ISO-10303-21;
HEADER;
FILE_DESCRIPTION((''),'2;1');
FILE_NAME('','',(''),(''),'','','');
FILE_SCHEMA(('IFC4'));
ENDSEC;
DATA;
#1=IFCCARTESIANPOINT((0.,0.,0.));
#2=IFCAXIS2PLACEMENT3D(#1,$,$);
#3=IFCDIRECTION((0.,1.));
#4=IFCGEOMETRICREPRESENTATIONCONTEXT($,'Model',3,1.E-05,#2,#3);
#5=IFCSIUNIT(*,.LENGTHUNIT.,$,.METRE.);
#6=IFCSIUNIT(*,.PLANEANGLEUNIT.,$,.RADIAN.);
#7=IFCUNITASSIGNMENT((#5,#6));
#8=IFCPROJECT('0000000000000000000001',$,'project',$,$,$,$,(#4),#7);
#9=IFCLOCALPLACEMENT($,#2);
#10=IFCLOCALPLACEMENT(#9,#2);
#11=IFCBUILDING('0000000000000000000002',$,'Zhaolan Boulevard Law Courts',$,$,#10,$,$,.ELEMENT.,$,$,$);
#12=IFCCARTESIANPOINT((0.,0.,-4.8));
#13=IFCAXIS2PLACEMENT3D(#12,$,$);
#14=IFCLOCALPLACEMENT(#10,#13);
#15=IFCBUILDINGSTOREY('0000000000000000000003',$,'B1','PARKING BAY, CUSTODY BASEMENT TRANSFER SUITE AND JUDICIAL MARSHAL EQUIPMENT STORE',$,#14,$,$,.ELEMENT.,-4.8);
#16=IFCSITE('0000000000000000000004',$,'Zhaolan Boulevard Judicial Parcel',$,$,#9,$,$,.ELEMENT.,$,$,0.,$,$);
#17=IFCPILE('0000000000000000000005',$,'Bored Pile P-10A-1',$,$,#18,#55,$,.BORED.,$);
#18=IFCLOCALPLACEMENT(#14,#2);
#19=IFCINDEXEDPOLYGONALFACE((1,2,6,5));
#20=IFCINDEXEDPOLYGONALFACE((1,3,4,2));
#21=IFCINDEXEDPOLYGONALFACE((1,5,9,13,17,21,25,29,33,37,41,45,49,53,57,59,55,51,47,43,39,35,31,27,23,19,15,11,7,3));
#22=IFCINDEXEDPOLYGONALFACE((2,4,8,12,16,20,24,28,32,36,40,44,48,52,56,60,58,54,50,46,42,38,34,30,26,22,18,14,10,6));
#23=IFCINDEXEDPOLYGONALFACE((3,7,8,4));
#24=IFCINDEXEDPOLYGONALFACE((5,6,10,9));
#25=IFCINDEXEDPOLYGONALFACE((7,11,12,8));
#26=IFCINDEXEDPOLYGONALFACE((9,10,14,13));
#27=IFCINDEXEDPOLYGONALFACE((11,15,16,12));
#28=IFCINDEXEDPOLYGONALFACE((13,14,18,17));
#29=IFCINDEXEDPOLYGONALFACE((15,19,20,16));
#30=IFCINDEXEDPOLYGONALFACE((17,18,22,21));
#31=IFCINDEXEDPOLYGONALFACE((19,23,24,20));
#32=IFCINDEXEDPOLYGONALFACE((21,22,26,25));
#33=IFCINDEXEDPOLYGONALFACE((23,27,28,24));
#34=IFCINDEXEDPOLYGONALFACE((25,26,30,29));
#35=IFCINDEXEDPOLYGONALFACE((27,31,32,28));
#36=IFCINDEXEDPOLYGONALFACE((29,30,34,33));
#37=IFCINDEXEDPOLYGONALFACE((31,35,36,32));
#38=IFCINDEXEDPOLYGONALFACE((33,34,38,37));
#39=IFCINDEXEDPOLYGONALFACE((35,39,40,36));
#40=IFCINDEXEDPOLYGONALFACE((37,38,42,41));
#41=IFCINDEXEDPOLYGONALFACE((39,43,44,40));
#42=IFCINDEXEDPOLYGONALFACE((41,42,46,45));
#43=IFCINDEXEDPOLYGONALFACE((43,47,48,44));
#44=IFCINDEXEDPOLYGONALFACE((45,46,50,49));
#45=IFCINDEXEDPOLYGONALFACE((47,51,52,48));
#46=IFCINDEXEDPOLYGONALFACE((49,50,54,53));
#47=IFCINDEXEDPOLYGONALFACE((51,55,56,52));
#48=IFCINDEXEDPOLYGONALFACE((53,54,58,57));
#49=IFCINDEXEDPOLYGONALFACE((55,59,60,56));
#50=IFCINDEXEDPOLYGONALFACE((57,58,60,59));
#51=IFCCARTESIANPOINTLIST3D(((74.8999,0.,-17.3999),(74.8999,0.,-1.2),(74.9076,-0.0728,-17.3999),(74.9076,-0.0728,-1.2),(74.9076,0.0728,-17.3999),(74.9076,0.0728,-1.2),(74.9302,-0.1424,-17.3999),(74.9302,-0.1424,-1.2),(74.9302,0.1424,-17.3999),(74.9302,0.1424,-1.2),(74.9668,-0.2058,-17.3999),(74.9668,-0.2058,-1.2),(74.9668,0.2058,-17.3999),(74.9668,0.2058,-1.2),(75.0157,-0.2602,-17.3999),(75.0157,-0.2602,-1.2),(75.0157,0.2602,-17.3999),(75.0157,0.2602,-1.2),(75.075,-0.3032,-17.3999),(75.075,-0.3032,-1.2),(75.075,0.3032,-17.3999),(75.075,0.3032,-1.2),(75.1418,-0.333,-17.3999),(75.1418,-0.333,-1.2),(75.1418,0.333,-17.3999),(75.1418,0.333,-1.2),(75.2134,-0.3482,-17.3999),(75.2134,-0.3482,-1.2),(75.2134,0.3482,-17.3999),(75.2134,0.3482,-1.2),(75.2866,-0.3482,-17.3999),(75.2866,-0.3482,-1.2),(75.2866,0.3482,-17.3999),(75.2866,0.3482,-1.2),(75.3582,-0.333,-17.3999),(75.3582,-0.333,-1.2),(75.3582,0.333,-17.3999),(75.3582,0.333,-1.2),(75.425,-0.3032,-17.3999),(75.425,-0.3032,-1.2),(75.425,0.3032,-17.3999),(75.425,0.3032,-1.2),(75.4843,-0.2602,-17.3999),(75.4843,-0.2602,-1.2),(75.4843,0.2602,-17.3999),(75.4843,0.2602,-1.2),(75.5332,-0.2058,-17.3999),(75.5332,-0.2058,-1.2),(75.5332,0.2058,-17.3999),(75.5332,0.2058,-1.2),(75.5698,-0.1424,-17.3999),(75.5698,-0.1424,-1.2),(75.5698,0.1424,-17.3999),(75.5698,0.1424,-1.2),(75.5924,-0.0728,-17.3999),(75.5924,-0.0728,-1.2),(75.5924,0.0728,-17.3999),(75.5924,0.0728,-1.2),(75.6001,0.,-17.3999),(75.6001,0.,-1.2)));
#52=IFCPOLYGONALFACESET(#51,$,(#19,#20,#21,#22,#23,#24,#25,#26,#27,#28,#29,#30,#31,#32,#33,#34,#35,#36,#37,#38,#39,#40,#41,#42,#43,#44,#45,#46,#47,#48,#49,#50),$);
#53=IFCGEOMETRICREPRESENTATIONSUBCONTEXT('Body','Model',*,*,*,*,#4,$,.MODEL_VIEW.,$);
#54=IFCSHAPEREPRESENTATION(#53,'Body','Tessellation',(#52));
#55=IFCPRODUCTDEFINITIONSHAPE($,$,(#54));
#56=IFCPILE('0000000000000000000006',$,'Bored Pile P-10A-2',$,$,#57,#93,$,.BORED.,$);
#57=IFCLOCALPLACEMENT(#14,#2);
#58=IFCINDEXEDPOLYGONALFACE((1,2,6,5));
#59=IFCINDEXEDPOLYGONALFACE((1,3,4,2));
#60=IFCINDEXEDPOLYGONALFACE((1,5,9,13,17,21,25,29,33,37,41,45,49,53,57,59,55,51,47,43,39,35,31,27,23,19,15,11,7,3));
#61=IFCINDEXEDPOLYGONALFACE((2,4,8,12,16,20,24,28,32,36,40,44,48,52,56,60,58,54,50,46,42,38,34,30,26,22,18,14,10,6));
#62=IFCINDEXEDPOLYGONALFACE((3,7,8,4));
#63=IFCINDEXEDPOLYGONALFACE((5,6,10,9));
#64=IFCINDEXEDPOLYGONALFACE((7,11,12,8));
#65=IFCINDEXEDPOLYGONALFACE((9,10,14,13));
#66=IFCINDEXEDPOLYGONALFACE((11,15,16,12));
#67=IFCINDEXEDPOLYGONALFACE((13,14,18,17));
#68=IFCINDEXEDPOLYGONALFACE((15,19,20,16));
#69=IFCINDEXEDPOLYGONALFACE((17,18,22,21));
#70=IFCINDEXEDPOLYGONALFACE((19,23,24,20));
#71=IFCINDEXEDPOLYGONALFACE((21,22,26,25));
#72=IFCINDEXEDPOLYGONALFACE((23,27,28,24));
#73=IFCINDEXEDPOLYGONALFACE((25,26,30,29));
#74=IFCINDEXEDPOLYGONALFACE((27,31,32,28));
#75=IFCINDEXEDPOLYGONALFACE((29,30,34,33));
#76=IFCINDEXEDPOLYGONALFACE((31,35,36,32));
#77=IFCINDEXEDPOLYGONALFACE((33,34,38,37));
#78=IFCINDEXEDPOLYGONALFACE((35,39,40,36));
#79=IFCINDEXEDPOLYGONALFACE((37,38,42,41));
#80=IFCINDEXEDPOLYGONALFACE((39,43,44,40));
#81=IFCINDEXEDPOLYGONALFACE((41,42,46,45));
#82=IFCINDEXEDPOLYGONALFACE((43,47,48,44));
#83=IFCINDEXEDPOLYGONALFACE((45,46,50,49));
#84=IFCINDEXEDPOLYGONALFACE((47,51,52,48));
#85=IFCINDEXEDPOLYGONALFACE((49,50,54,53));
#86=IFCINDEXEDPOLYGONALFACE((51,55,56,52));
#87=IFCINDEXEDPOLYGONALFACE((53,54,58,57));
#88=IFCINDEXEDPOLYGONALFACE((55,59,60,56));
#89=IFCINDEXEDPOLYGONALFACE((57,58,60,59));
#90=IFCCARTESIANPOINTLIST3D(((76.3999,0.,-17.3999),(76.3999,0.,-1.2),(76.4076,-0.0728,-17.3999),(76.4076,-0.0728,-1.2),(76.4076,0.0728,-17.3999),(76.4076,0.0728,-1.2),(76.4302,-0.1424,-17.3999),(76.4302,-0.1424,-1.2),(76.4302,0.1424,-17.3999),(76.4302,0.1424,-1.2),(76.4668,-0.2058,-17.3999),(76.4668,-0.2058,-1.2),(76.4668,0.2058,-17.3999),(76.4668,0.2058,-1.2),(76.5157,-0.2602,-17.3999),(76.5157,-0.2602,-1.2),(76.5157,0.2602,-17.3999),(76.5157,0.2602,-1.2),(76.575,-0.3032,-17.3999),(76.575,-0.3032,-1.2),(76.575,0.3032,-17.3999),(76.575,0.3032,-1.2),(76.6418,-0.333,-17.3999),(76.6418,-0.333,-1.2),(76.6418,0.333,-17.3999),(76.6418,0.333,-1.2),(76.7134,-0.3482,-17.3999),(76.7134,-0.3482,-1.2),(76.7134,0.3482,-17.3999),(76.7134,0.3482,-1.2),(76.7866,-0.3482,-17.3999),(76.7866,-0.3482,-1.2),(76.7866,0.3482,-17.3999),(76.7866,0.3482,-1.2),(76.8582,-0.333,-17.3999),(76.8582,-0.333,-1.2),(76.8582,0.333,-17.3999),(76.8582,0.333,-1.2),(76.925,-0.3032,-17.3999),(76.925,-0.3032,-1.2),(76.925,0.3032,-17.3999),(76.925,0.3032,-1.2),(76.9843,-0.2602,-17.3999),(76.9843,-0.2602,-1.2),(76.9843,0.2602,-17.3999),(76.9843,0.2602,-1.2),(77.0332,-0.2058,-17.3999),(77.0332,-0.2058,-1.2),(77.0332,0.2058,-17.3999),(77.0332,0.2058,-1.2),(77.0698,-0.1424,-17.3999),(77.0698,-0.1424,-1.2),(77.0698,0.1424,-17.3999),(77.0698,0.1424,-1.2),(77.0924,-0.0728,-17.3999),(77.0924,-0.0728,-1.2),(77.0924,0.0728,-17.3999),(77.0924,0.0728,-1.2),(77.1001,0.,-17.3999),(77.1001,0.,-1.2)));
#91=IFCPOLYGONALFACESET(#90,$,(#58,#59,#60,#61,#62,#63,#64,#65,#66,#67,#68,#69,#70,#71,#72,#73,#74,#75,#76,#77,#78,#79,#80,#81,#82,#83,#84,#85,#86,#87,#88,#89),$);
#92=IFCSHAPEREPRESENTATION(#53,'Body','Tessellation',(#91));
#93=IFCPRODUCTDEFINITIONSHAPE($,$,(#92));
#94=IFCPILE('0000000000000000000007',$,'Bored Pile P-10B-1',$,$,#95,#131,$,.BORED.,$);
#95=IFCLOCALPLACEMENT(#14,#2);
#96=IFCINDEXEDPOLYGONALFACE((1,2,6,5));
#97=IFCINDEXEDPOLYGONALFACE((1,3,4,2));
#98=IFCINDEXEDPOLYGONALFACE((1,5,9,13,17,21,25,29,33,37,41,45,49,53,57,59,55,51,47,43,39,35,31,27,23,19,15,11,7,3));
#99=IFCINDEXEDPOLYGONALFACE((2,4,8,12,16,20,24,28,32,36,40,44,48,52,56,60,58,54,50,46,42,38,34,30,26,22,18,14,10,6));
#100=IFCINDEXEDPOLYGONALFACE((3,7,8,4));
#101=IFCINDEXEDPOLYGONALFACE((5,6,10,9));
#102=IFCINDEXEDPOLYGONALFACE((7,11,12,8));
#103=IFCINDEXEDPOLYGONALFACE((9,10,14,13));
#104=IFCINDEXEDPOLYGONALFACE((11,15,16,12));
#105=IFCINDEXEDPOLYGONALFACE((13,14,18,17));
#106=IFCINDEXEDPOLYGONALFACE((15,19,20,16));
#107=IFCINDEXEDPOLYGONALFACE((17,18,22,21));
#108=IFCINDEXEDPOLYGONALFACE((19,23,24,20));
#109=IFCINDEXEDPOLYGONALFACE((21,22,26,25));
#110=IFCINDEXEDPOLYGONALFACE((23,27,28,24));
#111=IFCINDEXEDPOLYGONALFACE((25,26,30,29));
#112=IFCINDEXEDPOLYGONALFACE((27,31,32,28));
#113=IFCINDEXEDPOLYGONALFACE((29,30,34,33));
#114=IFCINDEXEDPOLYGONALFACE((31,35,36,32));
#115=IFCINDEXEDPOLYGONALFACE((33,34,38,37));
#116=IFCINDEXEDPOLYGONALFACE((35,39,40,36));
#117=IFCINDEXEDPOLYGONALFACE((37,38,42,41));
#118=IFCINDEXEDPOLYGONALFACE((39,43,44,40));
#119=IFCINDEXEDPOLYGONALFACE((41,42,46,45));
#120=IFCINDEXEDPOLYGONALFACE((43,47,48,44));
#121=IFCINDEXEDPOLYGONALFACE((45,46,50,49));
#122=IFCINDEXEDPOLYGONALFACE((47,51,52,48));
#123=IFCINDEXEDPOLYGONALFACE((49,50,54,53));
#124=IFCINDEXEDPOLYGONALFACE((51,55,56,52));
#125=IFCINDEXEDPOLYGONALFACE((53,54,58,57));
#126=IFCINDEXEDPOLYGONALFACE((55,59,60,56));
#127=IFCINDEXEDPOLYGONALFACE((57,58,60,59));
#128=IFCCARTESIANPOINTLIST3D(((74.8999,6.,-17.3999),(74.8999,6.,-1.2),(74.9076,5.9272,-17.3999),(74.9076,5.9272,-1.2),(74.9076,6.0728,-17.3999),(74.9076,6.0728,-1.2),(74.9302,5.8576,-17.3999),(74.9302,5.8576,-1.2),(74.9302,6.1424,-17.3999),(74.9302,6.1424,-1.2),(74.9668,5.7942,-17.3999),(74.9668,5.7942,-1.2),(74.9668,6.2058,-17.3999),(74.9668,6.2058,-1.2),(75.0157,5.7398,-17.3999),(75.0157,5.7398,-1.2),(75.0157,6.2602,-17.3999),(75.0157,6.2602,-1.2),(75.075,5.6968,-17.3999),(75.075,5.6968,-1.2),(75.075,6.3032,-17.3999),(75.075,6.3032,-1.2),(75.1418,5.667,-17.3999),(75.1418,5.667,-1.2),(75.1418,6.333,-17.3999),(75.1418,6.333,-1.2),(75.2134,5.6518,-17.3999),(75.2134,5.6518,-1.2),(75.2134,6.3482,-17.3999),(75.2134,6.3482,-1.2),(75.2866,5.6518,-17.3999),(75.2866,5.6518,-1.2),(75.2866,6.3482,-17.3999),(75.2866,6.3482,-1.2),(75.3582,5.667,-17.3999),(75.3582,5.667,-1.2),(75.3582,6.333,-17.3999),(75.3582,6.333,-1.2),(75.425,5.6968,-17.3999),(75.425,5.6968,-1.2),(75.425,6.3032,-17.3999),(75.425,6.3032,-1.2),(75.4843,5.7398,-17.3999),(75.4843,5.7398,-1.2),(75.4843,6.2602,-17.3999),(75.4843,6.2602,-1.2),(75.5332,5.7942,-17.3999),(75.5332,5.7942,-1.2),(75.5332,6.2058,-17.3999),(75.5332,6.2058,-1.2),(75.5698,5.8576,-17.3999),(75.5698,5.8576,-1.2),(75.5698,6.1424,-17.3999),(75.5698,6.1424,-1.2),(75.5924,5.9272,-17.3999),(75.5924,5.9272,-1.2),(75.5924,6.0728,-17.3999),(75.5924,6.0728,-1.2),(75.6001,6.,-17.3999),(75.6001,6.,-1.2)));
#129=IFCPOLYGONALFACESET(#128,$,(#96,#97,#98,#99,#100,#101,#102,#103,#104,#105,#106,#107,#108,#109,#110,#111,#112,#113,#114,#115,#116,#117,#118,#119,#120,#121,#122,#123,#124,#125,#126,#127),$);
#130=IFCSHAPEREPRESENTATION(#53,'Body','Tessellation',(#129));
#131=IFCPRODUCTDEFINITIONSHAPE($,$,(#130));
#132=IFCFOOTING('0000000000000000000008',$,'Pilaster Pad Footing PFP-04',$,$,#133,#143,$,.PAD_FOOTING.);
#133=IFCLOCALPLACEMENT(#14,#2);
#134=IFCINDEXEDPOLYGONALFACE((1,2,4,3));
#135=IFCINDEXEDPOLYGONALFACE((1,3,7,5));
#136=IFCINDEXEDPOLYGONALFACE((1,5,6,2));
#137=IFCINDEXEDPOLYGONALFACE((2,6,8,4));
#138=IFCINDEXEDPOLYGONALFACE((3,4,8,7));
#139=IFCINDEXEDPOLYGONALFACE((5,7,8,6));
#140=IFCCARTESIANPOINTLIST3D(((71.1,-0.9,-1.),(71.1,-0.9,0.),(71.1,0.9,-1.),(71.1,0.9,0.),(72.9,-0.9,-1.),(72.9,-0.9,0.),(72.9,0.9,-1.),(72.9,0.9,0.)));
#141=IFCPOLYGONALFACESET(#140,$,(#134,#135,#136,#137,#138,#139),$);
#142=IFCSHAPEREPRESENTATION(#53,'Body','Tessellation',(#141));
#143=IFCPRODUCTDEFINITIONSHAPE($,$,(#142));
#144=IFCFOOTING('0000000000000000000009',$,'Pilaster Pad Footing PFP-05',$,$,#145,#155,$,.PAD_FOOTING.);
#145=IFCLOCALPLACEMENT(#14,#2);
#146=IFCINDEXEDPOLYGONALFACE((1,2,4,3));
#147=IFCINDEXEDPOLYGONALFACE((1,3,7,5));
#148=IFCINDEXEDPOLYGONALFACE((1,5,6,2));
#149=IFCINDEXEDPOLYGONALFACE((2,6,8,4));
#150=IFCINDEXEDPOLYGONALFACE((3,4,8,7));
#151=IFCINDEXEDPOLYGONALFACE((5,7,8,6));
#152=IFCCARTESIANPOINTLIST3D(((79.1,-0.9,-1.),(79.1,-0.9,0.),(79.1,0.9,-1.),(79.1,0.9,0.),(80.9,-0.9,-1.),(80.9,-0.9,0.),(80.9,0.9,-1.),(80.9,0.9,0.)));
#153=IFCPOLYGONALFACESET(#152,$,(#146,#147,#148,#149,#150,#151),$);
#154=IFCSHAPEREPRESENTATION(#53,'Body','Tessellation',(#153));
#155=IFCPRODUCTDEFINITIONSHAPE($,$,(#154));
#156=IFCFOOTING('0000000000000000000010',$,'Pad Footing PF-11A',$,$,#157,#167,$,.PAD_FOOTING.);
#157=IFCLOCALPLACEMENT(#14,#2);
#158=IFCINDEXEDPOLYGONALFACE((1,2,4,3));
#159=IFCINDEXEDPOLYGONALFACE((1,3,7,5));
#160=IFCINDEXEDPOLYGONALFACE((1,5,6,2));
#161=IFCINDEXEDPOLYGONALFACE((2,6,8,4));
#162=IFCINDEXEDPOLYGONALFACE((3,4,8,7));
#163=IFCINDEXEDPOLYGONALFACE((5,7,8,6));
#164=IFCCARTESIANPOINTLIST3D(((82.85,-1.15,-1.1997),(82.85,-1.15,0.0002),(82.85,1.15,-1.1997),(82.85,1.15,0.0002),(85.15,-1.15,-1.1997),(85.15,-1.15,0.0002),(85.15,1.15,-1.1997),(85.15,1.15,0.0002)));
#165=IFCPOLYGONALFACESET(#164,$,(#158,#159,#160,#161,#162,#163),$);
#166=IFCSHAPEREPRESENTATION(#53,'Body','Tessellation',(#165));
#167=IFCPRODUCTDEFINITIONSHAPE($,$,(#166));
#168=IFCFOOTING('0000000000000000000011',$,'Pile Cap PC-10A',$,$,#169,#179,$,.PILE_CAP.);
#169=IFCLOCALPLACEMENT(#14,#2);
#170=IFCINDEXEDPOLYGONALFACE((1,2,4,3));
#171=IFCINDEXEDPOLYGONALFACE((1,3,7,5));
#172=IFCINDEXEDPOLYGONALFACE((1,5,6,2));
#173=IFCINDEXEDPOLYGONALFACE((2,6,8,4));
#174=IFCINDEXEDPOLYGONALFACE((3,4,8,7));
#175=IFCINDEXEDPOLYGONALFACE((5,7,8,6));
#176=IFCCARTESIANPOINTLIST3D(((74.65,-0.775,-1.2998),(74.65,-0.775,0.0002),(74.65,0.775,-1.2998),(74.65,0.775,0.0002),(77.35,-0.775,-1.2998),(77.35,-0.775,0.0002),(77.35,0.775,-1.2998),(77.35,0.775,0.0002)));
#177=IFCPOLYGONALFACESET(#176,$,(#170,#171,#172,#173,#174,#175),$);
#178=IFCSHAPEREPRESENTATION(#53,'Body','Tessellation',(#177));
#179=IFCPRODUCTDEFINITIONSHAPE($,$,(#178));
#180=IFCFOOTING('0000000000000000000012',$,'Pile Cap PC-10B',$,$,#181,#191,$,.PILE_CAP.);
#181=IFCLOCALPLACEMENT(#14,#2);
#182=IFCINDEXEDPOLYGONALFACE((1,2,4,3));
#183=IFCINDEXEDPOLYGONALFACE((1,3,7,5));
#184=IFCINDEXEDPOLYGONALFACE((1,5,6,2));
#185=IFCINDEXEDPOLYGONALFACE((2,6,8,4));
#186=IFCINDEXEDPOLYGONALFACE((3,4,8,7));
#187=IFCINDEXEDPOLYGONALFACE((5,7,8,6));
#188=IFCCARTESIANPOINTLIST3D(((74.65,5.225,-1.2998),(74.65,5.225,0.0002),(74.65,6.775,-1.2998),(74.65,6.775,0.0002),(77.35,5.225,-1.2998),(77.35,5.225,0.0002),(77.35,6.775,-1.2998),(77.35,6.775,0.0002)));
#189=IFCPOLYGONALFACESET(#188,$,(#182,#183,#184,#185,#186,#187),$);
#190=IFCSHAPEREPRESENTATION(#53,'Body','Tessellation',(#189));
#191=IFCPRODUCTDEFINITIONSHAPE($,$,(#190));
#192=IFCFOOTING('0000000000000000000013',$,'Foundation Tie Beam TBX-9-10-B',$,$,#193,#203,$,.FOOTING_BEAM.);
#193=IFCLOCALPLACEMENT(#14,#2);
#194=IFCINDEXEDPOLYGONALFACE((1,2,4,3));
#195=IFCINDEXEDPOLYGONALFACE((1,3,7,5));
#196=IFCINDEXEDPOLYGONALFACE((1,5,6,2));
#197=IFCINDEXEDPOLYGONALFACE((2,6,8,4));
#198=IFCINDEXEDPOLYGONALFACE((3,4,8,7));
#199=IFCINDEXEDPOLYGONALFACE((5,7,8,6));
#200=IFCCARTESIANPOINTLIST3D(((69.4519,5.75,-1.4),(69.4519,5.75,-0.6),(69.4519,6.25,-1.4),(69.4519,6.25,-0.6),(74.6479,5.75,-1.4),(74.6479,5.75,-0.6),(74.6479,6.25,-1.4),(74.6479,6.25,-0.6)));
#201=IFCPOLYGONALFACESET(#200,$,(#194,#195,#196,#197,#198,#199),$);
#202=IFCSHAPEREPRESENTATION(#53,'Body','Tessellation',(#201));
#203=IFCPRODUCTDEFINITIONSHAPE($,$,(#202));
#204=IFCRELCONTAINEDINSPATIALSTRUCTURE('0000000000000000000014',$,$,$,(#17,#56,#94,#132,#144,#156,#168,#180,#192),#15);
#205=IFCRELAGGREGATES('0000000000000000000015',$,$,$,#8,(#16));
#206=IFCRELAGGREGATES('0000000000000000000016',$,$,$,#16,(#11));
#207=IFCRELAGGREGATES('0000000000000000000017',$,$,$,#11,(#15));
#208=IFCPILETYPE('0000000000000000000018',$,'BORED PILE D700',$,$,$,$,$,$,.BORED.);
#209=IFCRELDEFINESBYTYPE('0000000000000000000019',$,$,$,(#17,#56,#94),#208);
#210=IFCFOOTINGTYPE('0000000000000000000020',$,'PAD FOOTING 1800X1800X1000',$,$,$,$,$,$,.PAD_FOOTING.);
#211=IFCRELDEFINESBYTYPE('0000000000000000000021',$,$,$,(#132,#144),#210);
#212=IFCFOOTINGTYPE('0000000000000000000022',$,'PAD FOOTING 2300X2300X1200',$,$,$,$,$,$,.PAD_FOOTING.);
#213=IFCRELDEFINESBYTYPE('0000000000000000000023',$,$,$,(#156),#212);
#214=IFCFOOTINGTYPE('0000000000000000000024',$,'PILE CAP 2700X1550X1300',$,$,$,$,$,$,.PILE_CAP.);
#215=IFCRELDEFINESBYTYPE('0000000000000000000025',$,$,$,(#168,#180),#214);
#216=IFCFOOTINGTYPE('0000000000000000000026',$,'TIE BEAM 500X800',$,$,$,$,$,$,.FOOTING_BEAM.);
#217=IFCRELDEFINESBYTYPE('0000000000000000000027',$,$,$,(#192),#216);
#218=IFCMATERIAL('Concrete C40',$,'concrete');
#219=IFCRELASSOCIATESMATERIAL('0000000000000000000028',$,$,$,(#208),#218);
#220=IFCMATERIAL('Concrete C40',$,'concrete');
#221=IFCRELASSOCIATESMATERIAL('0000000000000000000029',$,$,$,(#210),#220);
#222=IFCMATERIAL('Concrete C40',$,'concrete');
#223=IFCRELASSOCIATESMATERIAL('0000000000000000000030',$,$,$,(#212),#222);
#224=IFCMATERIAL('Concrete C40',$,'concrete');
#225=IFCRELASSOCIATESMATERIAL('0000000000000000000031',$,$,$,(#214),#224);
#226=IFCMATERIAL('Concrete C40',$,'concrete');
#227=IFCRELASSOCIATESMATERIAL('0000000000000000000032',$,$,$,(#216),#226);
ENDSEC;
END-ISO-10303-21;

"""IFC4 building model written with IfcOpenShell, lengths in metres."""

from ifc_helpers import new_model, si_unit, direction, frame, origin, origin_2d, place, context, subcontext, project, spatial, rectangle, circle, extrude, material, material_profile, profile_set, type_object, element, save


model = new_model("IFC4")

# Units and contexts
model_context = context("Model", 3, precision=1e-05, world=origin(), true_north=direction((0.0, 1.0)))
body_context = subcontext(model_context, "Body", "Model", "MODEL_VIEW")
ifc_project = project(units=[si_unit("LENGTHUNIT", "METRE"), si_unit("PLANEANGLEUNIT", "RADIAN")], contexts=[model_context])

# Site, building, storey
site_placement = place(None, origin())
site = spatial("IfcSite", under=ifc_project, at=site_placement, Name="Zhaolan Boulevard Judicial Parcel", CompositionType="ELEMENT", RefElevation=0.0)
building_placement = place(site_placement, origin())
building = spatial("IfcBuilding", under=site, at=building_placement, Name="Zhaolan Boulevard Law Courts", CompositionType="ELEMENT")
storey_placement = place(building_placement, frame((0.0, 0.0, -4.8)))
storey = spatial("IfcBuildingStorey", under=building, at=storey_placement, Name="B1", Description="PARKING BAY, CUSTODY BASEMENT TRANSFER SUITE AND JUDICIAL MARSHAL EQUIPMENT STORE", CompositionType="ELEMENT", Elevation=-4.8)

# Piles
ifc_material_1 = material(Name="Concrete C40", Category="concrete")
ifc_material_profile_1 = material_profile(ifc_material_1, circle(Radius=0.3501, at=origin_2d()), Name="PILE-D700")
ifc_profile_set_1 = profile_set([ifc_material_profile_1], Name="Concrete C40")
pile_type = type_object("IfcPileType", Name="BORED PILE D700", PredefinedType="BORED", material=ifc_profile_set_1)
for number, where, z_axis, x_axis, name in (
    (1, (75.25, 0.0, -1.2), (0.0, 0.0, -1.0), (1.0, 0.0, 0.0), "Bored Pile P-10A-1"),
    (2, (76.75, 0.0, -1.2), (0.0, 0.0, -1.0), (1.0, 0.0, 0.0), "Bored Pile P-10A-2"),
    (3, (75.25, 6.0, -1.2), (0.0, 0.0, -1.0), (1.0, 0.0, 0.0), "Bored Pile P-10B-1"),
):
    element("IfcPile", number, at=place(storey_placement, frame(where, z_axis=z_axis, x_axis=x_axis)), inside=storey, type_object=pile_type, Name=name, PredefinedType="BORED", context=body_context, shape_type="SweptSolid", body=[
        extrude(circle(Radius=0.3501, at=origin_2d()), origin(), (0.0, 0.0, 1.0), 16.2),
    ])

# Footings
ifc_material_2 = material(Name="Concrete C40", Category="concrete")
footing_type_1 = type_object("IfcFootingType", Name="PAD FOOTING 1800X1800X1000", PredefinedType="PAD_FOOTING", material=ifc_material_2)
for number, where, z_axis, x_axis, name in (
    (4, (72.0, 0.0, -1.0), (0.0, 0.0, 1.0), (1.0, 0.0, 0.0), "Pilaster Pad Footing PFP-04"),
    (5, (80.0, 0.0, -1.0), (0.0, 0.0, 1.0), (1.0, 0.0, 0.0), "Pilaster Pad Footing PFP-05"),
):
    element("IfcFooting", number, at=place(storey_placement, frame(where, z_axis=z_axis, x_axis=x_axis)), inside=storey, type_object=footing_type_1, Name=name, PredefinedType="PAD_FOOTING", context=body_context, shape_type="SweptSolid", body=[
        extrude(rectangle(XDim=1.8, YDim=1.8, at=origin_2d()), origin(), (0.0, 0.0, 1.0), 1.0),
    ])
ifc_material_3 = material(Name="Concrete C40", Category="concrete")
footing_type_2 = type_object("IfcFootingType", Name="PAD FOOTING 2300X2300X1200", PredefinedType="PAD_FOOTING", material=ifc_material_3)
footing_1_placement = place(storey_placement, frame((84.0, 0.0, -1.1997), z_axis=(0.0, 0.0, 1.0), x_axis=(1.0, 0.0, 0.0)))
element("IfcFooting", 6, at=footing_1_placement, inside=storey, type_object=footing_type_2, Name="Pad Footing PF-11A", PredefinedType="PAD_FOOTING", context=body_context, shape_type="SweptSolid", body=[
    extrude(rectangle(XDim=2.3, YDim=2.3, at=origin_2d()), origin(), (0.0, 0.0, 1.0), 1.2),
])
ifc_material_4 = material(Name="Concrete C40", Category="concrete")
footing_type_3 = type_object("IfcFootingType", Name="PILE CAP 2700X1550X1300", PredefinedType="PILE_CAP", material=ifc_material_4)
for number, where, z_axis, x_axis, name in (
    (7, (76.0, 0.0, -1.2998), (0.0, 0.0, 1.0), (1.0, 0.0, 0.0), "Pile Cap PC-10A"),
    (8, (76.0, 6.0, -1.2998), (0.0, 0.0, 1.0), (1.0, 0.0, 0.0), "Pile Cap PC-10B"),
):
    element("IfcFooting", number, at=place(storey_placement, frame(where, z_axis=z_axis, x_axis=x_axis)), inside=storey, type_object=footing_type_3, Name=name, PredefinedType="PILE_CAP", context=body_context, shape_type="SweptSolid", body=[
        extrude(rectangle(XDim=2.7, YDim=1.55, at=origin_2d()), origin(), (0.0, 0.0, 1.0), 1.3),
    ])
ifc_material_5 = material(Name="Concrete C40", Category="concrete")
ifc_material_profile_2 = material_profile(ifc_material_5, rectangle(XDim=0.5, YDim=0.8, at=origin_2d()), Name="RC500x800")
ifc_profile_set_2 = profile_set([ifc_material_profile_2], Name="Concrete C40")
footing_type_4 = type_object("IfcFootingType", Name="TIE BEAM 500X800", PredefinedType="FOOTING_BEAM", material=ifc_profile_set_2)
footing_2_placement = place(storey_placement, frame((69.4519, 6.0, -1.0), z_axis=(1.0, 0.0, 0.0), x_axis=(0.0, 1.0, 0.0)))
element("IfcFooting", 9, at=footing_2_placement, inside=storey, type_object=footing_type_4, Name="Foundation Tie Beam TBX-9-10-B", PredefinedType="FOOTING_BEAM", context=body_context, shape_type="SweptSolid", body=[
    extrude(rectangle(XDim=0.5, YDim=0.8, at=origin_2d()), origin(), (0.0, 0.0, 1.0), 5.196),
])

save(model, "model.ifc")
